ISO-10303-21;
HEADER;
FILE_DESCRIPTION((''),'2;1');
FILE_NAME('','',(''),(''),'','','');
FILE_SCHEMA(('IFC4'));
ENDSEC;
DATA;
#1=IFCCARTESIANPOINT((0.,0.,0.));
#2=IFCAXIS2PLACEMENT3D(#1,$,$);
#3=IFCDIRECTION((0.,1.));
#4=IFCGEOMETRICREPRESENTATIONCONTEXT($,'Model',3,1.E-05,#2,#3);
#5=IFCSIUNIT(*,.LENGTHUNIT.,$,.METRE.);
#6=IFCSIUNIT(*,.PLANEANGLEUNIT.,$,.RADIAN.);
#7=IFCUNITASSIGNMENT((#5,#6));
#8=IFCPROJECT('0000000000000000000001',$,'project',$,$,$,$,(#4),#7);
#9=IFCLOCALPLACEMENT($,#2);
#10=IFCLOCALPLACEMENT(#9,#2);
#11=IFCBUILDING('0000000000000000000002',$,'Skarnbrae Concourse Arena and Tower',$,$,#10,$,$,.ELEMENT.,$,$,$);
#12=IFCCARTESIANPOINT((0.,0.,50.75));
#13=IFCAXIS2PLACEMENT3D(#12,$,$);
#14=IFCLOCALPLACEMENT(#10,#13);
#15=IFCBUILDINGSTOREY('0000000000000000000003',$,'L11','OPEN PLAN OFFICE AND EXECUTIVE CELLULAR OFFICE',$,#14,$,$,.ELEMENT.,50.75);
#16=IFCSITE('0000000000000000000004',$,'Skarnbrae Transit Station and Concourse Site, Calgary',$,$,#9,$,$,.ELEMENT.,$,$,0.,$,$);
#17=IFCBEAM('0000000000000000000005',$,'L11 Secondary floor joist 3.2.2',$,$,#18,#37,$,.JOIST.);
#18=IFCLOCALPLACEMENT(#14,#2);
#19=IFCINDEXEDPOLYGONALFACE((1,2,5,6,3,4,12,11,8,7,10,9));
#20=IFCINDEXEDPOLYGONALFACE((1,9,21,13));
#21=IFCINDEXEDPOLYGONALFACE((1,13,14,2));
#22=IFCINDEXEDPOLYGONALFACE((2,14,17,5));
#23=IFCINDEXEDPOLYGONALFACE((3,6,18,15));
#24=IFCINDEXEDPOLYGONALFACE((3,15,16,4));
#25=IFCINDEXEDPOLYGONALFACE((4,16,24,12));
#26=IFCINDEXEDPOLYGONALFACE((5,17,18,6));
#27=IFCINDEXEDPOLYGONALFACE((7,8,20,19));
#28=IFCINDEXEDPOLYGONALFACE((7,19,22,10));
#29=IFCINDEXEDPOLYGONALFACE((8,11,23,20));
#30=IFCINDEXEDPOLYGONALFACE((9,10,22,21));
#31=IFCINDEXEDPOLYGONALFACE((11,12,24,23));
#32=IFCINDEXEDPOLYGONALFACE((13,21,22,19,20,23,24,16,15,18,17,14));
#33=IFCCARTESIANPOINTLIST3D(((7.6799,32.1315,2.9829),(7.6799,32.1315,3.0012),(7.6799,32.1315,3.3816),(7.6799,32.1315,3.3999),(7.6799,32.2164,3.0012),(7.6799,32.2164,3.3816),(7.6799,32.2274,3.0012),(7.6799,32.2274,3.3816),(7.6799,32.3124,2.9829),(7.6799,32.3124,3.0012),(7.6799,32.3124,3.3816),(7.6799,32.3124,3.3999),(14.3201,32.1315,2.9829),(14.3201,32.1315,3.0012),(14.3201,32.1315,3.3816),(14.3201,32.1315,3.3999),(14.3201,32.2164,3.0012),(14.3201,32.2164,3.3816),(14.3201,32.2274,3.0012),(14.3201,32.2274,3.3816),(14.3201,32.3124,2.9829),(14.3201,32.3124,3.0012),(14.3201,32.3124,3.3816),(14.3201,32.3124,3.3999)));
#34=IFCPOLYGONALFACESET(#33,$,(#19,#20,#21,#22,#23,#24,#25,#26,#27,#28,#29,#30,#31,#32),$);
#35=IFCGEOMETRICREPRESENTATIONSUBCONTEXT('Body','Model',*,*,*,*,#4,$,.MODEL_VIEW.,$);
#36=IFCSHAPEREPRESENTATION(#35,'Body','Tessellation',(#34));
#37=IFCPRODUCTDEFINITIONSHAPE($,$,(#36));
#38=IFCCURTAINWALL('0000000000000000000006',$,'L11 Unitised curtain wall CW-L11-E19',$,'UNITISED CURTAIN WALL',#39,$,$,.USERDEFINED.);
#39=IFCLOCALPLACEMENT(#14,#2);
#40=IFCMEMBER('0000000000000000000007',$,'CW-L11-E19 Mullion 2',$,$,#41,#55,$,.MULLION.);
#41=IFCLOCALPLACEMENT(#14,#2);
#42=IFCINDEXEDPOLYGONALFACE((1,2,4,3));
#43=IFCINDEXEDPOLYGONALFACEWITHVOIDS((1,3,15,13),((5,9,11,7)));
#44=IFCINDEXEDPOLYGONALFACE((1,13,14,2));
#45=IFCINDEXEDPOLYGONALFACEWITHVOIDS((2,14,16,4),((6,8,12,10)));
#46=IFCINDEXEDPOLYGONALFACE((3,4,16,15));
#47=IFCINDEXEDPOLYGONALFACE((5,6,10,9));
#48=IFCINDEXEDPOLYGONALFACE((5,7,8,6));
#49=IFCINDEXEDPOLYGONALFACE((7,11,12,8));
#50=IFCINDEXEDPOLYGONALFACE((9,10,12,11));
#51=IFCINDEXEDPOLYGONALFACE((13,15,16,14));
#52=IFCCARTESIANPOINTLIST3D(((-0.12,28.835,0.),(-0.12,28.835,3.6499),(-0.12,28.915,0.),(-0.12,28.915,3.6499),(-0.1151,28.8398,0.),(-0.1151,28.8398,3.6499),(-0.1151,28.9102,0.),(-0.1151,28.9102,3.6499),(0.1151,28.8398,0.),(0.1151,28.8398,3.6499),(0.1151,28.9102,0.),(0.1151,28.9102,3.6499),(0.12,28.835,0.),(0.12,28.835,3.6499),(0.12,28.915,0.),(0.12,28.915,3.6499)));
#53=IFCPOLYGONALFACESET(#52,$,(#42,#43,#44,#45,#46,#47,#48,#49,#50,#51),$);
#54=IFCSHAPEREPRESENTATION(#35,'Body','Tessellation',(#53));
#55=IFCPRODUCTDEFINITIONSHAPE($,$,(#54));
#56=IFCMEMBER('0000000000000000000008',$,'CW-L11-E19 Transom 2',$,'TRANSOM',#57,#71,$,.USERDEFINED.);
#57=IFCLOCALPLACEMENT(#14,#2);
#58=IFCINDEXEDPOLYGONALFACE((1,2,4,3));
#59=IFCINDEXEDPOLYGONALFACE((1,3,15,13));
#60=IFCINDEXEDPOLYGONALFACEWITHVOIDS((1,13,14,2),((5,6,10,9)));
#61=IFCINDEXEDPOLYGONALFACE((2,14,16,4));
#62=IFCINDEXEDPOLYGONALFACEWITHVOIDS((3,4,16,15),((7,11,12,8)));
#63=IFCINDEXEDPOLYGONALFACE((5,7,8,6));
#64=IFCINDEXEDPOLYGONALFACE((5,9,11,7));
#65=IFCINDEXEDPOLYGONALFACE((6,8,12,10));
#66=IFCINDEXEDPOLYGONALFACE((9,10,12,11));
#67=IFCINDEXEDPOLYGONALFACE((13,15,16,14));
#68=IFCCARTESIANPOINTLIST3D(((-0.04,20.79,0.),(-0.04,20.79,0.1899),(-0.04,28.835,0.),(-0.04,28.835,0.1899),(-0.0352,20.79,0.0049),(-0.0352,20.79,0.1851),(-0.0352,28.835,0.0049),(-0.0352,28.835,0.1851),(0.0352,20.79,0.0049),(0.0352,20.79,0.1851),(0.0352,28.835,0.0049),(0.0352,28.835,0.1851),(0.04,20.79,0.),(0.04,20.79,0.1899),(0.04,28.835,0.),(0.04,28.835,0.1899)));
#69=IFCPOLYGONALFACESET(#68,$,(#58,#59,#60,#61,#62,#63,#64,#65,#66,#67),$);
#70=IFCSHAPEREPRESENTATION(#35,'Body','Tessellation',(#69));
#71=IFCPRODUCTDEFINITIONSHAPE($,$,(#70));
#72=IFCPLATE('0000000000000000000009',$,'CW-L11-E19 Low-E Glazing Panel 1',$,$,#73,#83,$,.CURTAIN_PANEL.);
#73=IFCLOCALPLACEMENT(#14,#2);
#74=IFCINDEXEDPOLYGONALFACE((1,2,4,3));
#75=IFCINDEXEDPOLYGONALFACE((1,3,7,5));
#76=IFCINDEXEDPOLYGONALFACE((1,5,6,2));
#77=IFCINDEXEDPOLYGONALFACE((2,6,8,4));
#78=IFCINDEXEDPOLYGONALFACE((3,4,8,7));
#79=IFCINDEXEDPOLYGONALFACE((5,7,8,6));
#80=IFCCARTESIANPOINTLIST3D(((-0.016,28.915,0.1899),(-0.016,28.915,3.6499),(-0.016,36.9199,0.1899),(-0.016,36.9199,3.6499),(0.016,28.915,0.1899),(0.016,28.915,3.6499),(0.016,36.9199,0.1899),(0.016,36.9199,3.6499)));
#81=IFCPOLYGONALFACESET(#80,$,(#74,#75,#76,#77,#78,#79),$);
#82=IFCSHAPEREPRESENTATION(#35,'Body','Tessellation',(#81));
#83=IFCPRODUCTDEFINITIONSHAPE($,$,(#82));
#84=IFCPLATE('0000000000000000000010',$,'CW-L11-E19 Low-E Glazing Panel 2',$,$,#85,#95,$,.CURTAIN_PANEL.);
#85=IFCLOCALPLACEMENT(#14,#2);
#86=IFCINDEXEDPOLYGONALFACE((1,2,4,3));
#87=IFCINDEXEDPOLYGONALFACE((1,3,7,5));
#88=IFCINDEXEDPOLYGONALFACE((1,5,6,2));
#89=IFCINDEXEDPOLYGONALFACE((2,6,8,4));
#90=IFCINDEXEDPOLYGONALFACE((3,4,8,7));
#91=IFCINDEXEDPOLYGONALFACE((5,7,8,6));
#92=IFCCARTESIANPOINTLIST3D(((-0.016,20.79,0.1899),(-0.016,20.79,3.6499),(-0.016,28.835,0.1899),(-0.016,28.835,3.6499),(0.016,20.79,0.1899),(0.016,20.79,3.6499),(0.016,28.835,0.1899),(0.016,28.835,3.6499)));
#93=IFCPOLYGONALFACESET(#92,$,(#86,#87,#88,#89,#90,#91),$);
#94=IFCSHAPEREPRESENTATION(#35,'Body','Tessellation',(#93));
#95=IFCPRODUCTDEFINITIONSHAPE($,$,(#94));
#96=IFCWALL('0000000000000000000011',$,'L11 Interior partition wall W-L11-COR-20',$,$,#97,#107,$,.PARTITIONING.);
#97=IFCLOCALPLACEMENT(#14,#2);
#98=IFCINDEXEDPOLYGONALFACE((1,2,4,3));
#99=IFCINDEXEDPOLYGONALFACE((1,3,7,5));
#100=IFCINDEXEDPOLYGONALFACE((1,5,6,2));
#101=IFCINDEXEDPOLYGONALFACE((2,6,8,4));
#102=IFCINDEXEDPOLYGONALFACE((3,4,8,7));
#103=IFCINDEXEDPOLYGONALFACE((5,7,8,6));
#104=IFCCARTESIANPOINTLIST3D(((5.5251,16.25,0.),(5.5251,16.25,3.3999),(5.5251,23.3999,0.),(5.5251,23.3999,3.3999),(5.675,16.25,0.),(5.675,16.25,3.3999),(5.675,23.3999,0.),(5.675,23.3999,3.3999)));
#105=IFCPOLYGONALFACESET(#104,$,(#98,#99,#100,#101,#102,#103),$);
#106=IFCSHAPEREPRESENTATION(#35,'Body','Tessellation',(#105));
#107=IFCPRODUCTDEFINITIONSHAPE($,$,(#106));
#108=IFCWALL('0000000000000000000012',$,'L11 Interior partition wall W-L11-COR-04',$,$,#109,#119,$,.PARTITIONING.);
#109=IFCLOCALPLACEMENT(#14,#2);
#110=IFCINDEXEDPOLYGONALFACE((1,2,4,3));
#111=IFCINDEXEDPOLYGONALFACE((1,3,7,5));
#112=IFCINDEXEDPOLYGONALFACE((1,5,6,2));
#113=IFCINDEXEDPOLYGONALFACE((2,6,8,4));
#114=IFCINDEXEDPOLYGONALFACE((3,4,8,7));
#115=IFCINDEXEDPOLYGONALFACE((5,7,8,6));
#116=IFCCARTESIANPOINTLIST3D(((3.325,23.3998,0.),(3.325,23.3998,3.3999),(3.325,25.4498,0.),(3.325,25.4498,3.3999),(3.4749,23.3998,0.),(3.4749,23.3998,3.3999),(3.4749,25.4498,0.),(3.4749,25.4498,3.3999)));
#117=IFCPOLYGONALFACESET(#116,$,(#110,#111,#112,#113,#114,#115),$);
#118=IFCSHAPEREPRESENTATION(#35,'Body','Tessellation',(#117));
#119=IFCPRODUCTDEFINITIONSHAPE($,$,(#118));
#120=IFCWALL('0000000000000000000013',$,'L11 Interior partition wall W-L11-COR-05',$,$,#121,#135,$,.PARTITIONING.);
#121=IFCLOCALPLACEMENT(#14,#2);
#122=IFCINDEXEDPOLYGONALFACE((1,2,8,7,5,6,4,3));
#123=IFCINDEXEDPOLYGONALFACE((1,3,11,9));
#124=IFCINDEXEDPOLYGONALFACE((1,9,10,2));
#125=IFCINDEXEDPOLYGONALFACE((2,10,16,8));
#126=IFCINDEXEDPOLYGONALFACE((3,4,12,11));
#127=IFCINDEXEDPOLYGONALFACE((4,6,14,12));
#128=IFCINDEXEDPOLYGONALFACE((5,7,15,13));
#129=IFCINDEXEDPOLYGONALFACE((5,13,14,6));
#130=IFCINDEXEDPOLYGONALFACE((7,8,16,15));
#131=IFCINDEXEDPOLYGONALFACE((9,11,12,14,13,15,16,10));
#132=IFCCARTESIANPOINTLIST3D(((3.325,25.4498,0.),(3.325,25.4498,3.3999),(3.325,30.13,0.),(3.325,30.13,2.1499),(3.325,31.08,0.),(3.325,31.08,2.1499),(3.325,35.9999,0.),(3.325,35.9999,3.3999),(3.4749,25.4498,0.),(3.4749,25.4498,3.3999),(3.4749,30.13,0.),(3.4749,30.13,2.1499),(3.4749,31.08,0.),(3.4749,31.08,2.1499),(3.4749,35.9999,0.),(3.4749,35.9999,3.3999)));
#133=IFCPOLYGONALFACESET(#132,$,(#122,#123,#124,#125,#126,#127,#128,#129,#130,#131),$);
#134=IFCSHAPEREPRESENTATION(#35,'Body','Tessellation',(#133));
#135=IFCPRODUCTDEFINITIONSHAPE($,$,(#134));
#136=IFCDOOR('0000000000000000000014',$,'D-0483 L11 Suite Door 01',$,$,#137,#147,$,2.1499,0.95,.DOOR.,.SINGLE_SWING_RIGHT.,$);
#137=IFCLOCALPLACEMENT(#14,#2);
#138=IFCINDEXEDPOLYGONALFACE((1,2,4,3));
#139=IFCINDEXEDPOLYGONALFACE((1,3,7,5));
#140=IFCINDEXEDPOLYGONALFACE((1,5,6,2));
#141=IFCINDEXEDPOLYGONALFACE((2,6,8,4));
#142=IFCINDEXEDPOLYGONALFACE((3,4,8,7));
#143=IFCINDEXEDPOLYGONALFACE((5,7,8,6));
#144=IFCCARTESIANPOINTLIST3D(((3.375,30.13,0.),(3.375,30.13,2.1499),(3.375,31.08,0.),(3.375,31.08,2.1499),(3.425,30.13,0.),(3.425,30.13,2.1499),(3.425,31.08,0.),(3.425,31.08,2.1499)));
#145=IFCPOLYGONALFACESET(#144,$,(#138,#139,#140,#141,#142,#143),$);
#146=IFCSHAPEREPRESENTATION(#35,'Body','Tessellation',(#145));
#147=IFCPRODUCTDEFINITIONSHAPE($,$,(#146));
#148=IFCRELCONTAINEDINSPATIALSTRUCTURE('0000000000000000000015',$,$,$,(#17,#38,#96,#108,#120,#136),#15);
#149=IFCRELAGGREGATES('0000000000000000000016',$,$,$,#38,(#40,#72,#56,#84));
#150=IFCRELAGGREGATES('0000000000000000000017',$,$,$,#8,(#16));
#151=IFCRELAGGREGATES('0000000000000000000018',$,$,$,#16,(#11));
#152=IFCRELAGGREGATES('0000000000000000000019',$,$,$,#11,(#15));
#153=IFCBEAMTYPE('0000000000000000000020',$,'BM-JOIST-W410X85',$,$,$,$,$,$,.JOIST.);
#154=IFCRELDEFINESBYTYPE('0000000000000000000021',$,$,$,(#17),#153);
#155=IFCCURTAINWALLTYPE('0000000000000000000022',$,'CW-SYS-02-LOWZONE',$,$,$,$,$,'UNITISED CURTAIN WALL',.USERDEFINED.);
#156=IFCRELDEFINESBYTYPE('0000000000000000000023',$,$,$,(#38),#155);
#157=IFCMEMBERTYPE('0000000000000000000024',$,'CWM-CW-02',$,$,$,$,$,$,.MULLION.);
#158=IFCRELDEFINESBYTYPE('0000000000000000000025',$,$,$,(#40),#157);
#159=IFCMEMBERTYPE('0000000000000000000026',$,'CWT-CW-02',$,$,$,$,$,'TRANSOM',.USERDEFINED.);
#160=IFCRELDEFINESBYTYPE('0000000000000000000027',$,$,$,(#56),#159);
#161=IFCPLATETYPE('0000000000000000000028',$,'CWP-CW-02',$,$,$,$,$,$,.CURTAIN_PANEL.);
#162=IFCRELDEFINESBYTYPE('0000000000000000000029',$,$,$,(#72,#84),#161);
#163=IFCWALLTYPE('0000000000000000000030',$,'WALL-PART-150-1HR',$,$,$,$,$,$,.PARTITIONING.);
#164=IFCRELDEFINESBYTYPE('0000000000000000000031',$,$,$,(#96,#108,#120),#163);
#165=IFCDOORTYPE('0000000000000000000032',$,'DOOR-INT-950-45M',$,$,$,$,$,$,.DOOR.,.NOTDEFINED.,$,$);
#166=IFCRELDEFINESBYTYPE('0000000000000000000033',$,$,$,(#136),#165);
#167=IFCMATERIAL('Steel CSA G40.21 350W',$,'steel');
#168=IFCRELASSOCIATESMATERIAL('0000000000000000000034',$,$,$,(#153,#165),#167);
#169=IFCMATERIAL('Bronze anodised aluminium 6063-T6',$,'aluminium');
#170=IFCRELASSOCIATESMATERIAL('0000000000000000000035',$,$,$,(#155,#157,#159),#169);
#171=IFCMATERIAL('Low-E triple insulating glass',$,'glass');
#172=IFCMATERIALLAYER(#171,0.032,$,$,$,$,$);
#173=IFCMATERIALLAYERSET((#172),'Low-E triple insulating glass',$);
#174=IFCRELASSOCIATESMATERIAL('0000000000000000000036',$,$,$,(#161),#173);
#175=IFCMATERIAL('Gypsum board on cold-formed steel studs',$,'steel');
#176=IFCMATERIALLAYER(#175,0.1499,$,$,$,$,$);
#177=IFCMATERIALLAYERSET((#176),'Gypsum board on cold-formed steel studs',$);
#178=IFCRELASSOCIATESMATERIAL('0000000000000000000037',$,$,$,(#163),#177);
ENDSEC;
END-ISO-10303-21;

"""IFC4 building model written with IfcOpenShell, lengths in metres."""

from ifc_helpers import new_model, si_unit, direction, frame, frame_2d, origin, origin_2d, place, context, subcontext, project, spatial, rectangle, hollow_rectangle, i_section, extrude, source, transform, mapped, material, layer, layer_set, material_profile, profile_set, type_object, element, fill, aggregate, save


model = new_model("IFC4")

# Units and contexts
model_context = context("Model", 3, precision=1e-05, world=origin(), true_north=direction((0.0, 1.0)))
body_context = subcontext(model_context, "Body", "Model", "MODEL_VIEW")
ifc_project = project(units=[si_unit("LENGTHUNIT", "METRE"), si_unit("PLANEANGLEUNIT", "RADIAN")], contexts=[model_context])

# Site, building, storey
site_placement = place(None, origin())
site = spatial("IfcSite", under=ifc_project, at=site_placement, Name="Skarnbrae Transit Station and Concourse Site, Calgary", CompositionType="ELEMENT", RefElevation=0.0)
building_placement = place(site_placement, origin())
building = spatial("IfcBuilding", under=site, at=building_placement, Name="Skarnbrae Concourse Arena and Tower", CompositionType="ELEMENT")
storey_placement = place(building_placement, frame((0.0, 0.0, 50.75)))
storey = spatial("IfcBuildingStorey", under=building, at=storey_placement, Name="L11", Description="OPEN PLAN OFFICE AND EXECUTIVE CELLULAR OFFICE", CompositionType="ELEMENT", Elevation=50.75)

# Shared definitions
ifc_material_1 = material(Name="Steel CSA G40.21 350W", Category="steel")

# Beam
ifc_material_profile_1 = material_profile(ifc_material_1, i_section(OverallWidth=0.1809, OverallDepth=0.417, WebThickness=0.011, FlangeThickness=0.0183, at=origin_2d()), Name="W410X85")
ifc_profile_set_1 = profile_set([ifc_material_profile_1], Name="Steel CSA G40.21 350W")
beam_type_1 = type_object("IfcBeamType", Name="BM-JOIST-W410X85", PredefinedType="JOIST", material=ifc_profile_set_1)
shared_shape_1 = source(origin(), body_context, "Body", "SweptSolid", [
    extrude(i_section(OverallWidth=0.1809, OverallDepth=0.417, WebThickness=0.011, FlangeThickness=0.0183, at=origin_2d()), origin(), (0.0, 0.0, 1.0), 6.6401),
])
for number, where, z_axis, x_axis, name in (
    (1, (7.6799, 32.2219, 3.1914), (1.0, 0.0, 0.0), (0.0, 1.0, 0.0), "L11 Secondary floor joist 3.2.2"),
):
    element("IfcBeam", number, at=place(storey_placement, frame(where, z_axis=z_axis, x_axis=x_axis)), inside=storey, type_object=beam_type_1, Name=name, PredefinedType="JOIST", context=body_context, shape_type="MappedRepresentation", body=[
        mapped(shared_shape_1, transform((0.0, 0.0, 0.0))),
    ])

# Curtain wall, members, plates
ifc_material_2 = material(Name="Bronze anodised aluminium 6063-T6", Category="aluminium")
curtain_wall_type = type_object("IfcCurtainWallType", Name="CW-SYS-02-LOWZONE", ElementType="UNITISED CURTAIN WALL", PredefinedType="USERDEFINED", material=ifc_material_2)
curtain_wall_placement = place(storey_placement, origin())
curtain_wall = element("IfcCurtainWall", 2, at=curtain_wall_placement, inside=storey, type_object=curtain_wall_type, Name="L11 Unitised curtain wall CW-L11-E19", ObjectType="UNITISED CURTAIN WALL", PredefinedType="USERDEFINED")
ifc_material_profile_2 = material_profile(ifc_material_2, hollow_rectangle(XDim=0.0801, YDim=0.24, WallThickness=0.0049, at=origin_2d()), Name="ALU-MULL-80X240")
ifc_profile_set_2 = profile_set([ifc_material_profile_2], Name="Bronze anodised aluminium 6063-T6")
member_type_1 = type_object("IfcMemberType", Name="CWM-CW-02", PredefinedType="MULLION", material=ifc_profile_set_2)
shared_shape_2 = source(origin(), body_context, "Body", "SweptSolid", [
    extrude(hollow_rectangle(XDim=0.0801, YDim=0.24, WallThickness=0.0049, at=origin_2d()), origin(), (0.0, 0.0, 1.0), 3.6499),
])
member_1_placement = place(storey_placement, frame((0.0, 28.875, 0.0), z_axis=(0.0, 0.0, 1.0), x_axis=(0.0, -1.0, 0.0)))
member_1 = element("IfcMember", 3, at=member_1_placement, type_object=member_type_1, Name="CW-L11-E19 Mullion 2", PredefinedType="MULLION", context=body_context, shape_type="MappedRepresentation", body=[
    mapped(shared_shape_2, transform((0.0, 0.0, 0.0))),
])
ifc_material_profile_3 = material_profile(ifc_material_2, hollow_rectangle(XDim=0.0801, YDim=0.1899, WallThickness=0.0049, at=origin_2d()), Name="ALU-TRAN-80X190")
ifc_profile_set_3 = profile_set([ifc_material_profile_3], Name="Bronze anodised aluminium 6063-T6")
member_type_2 = type_object("IfcMemberType", Name="CWT-CW-02", ElementType="TRANSOM", PredefinedType="USERDEFINED", material=ifc_profile_set_3)
shared_shape_3 = source(origin(), body_context, "Body", "SweptSolid", [
    extrude(hollow_rectangle(XDim=0.0801, YDim=0.1899, WallThickness=0.0049, at=origin_2d()), origin(), (0.0, 0.0, 1.0), 8.0449),
])
member_2_placement = place(storey_placement, frame((0.0, 28.835, 0.095), z_axis=(0.0, -1.0, 0.0), x_axis=(1.0, 0.0, 0.0)))
member_2 = element("IfcMember", 4, at=member_2_placement, type_object=member_type_2, Name="CW-L11-E19 Transom 2", ObjectType="TRANSOM", PredefinedType="USERDEFINED", context=body_context, shape_type="MappedRepresentation", body=[
    mapped(shared_shape_3, transform((0.0, 0.0, 0.0))),
])
ifc_material_3 = material(Name="Low-E triple insulating glass", Category="glass")
ifc_layer_1 = layer(ifc_material_3, 0.032)
ifc_layer_set_1 = layer_set([ifc_layer_1], Name="Low-E triple insulating glass")
plate_type = type_object("IfcPlateType", Name="CWP-CW-02", PredefinedType="CURTAIN_PANEL", material=ifc_layer_set_1)
shared_shape_4 = source(origin(), body_context, "Body", "SweptSolid", [
    extrude(rectangle(XDim=8.0049, YDim=0.032, at=origin_2d()), origin(), (0.0, 0.0, 1.0), 3.46),
])
plate_1_placement = place(storey_placement, frame((0.0, 32.9175, 0.1899), z_axis=(0.0, 0.0, 1.0), x_axis=(0.0, -1.0, 0.0)))
plate_1 = element("IfcPlate", 5, at=plate_1_placement, type_object=plate_type, Name="CW-L11-E19 Low-E Glazing Panel 1", PredefinedType="CURTAIN_PANEL", context=body_context, shape_type="MappedRepresentation", body=[
    mapped(shared_shape_4, transform((0.0, 0.0, 0.0))),
])
shared_shape_5 = source(origin(), body_context, "Body", "SweptSolid", [
    extrude(rectangle(XDim=8.0449, YDim=0.032, at=origin_2d()), origin(), (0.0, 0.0, 1.0), 3.46),
])
plate_2_placement = place(storey_placement, frame((0.0, 24.8125, 0.1899), z_axis=(0.0, 0.0, 1.0), x_axis=(0.0, -1.0, 0.0)))
plate_2 = element("IfcPlate", 6, at=plate_2_placement, type_object=plate_type, Name="CW-L11-E19 Low-E Glazing Panel 2", PredefinedType="CURTAIN_PANEL", context=body_context, shape_type="MappedRepresentation", body=[
    mapped(shared_shape_5, transform((0.0, 0.0, 0.0))),
])
aggregate(curtain_wall, [member_1, plate_1, member_2, plate_2])

# Walls
ifc_material_4 = material(Name="Gypsum board on cold-formed steel studs", Category="steel")
ifc_layer_2 = layer(ifc_material_4, 0.1499)
ifc_layer_set_2 = layer_set([ifc_layer_2], Name="Gypsum board on cold-formed steel studs")
wall_type = type_object("IfcWallType", Name="WALL-PART-150-1HR", PredefinedType="PARTITIONING", material=ifc_layer_set_2)
shared_shape_6 = source(origin(), body_context, "Body", "SweptSolid", [
    extrude(rectangle(XDim=7.1499, YDim=0.1499, at=frame_2d((3.575, 0.0))), origin(), (0.0, 0.0, 1.0), 3.3999),
])
wall_1_placement = place(storey_placement, frame((5.6001, 23.3999, 0.0), z_axis=(0.0, 0.0, 1.0), x_axis=(0.0, -1.0, 0.0)))
element("IfcWall", 7, at=wall_1_placement, inside=storey, type_object=wall_type, Name="L11 Interior partition wall W-L11-COR-20", PredefinedType="PARTITIONING", context=body_context, shape_type="MappedRepresentation", body=[
    mapped(shared_shape_6, transform((0.0, 0.0, 0.0))),
])
shared_shape_7 = source(origin(), body_context, "Body", "SweptSolid", [
    extrude(rectangle(XDim=2.05, YDim=0.1499, at=frame_2d((1.0249, 0.0))), origin(), (0.0, 0.0, 1.0), 3.3999),
])
wall_2_placement = place(storey_placement, frame((3.3999, 23.3999, 0.0), z_axis=(0.0, 0.0, 1.0), x_axis=(0.0, 1.0, 0.0)))
element("IfcWall", 8, at=wall_2_placement, inside=storey, type_object=wall_type, Name="L11 Interior partition wall W-L11-COR-04", PredefinedType="PARTITIONING", context=body_context, shape_type="MappedRepresentation", body=[
    mapped(shared_shape_7, transform((0.0, 0.0, 0.0))),
])

# Wall, opening, door
shared_shape_8 = source(origin(), body_context, "Body", "SweptSolid", [
    extrude(rectangle(XDim=10.55, YDim=0.1499, at=frame_2d((5.2749, 0.0))), origin(), (0.0, 0.0, 1.0), 3.3999),
])
wall_3_placement = place(storey_placement, frame((3.3999, 25.45, 0.0), z_axis=(0.0, 0.0, 1.0), x_axis=(0.0, 1.0, 0.0)))
wall_3 = element("IfcWall", 9, at=wall_3_placement, inside=storey, type_object=wall_type, Name="L11 Interior partition wall W-L11-COR-05", PredefinedType="PARTITIONING", context=body_context, shape_type="MappedRepresentation", body=[
    mapped(shared_shape_8, transform((0.0, 0.0, 0.0))),
])
opening_1_placement = place(wall_3_placement, frame((4.6799, 0.0, 0.0)))
opening_1 = element("IfcOpeningElement", 10, at=opening_1_placement, cuts=wall_3, PredefinedType="OPENING", context=body_context, shape_type="SweptSolid", body=[
    extrude(rectangle(XDim=0.95, YDim=2.1499, at=frame_2d((0.4751, 1.075))), frame((0.0, 0.085, 0.0), z_axis=(0.0, -1.0, 0.0), x_axis=(1.0, 0.0, 0.0)), (0.0, 0.0, 1.0), 0.1699),
])
door_type = type_object("IfcDoorType", Name="DOOR-INT-950-45M", OperationType="NOTDEFINED", PredefinedType="DOOR", material=ifc_material_1)
shared_shape_9 = source(origin(), body_context, "Body", "SweptSolid", [
    extrude(rectangle(XDim=0.95, YDim=2.1499, at=frame_2d((0.4751, 1.075))), frame((0.0, 0.0249, 0.0), z_axis=(0.0, -1.0, 0.0), x_axis=(1.0, 0.0, 0.0)), (0.0, 0.0, 1.0), 0.05),
])
door_1_placement = place(opening_1_placement, origin())
door_1 = element("IfcDoor", 11, at=door_1_placement, inside=storey, type_object=door_type, Name="D-0483 L11 Suite Door 01", OperationType="SINGLE_SWING_RIGHT", OverallHeight=2.1499, OverallWidth=0.95, PredefinedType="DOOR", context=body_context, shape_type="MappedRepresentation", body=[
    mapped(shared_shape_9, transform((0.0, 0.0, 0.0))),
])
fill(opening_1, door_1)

save(model, "model.ifc")
